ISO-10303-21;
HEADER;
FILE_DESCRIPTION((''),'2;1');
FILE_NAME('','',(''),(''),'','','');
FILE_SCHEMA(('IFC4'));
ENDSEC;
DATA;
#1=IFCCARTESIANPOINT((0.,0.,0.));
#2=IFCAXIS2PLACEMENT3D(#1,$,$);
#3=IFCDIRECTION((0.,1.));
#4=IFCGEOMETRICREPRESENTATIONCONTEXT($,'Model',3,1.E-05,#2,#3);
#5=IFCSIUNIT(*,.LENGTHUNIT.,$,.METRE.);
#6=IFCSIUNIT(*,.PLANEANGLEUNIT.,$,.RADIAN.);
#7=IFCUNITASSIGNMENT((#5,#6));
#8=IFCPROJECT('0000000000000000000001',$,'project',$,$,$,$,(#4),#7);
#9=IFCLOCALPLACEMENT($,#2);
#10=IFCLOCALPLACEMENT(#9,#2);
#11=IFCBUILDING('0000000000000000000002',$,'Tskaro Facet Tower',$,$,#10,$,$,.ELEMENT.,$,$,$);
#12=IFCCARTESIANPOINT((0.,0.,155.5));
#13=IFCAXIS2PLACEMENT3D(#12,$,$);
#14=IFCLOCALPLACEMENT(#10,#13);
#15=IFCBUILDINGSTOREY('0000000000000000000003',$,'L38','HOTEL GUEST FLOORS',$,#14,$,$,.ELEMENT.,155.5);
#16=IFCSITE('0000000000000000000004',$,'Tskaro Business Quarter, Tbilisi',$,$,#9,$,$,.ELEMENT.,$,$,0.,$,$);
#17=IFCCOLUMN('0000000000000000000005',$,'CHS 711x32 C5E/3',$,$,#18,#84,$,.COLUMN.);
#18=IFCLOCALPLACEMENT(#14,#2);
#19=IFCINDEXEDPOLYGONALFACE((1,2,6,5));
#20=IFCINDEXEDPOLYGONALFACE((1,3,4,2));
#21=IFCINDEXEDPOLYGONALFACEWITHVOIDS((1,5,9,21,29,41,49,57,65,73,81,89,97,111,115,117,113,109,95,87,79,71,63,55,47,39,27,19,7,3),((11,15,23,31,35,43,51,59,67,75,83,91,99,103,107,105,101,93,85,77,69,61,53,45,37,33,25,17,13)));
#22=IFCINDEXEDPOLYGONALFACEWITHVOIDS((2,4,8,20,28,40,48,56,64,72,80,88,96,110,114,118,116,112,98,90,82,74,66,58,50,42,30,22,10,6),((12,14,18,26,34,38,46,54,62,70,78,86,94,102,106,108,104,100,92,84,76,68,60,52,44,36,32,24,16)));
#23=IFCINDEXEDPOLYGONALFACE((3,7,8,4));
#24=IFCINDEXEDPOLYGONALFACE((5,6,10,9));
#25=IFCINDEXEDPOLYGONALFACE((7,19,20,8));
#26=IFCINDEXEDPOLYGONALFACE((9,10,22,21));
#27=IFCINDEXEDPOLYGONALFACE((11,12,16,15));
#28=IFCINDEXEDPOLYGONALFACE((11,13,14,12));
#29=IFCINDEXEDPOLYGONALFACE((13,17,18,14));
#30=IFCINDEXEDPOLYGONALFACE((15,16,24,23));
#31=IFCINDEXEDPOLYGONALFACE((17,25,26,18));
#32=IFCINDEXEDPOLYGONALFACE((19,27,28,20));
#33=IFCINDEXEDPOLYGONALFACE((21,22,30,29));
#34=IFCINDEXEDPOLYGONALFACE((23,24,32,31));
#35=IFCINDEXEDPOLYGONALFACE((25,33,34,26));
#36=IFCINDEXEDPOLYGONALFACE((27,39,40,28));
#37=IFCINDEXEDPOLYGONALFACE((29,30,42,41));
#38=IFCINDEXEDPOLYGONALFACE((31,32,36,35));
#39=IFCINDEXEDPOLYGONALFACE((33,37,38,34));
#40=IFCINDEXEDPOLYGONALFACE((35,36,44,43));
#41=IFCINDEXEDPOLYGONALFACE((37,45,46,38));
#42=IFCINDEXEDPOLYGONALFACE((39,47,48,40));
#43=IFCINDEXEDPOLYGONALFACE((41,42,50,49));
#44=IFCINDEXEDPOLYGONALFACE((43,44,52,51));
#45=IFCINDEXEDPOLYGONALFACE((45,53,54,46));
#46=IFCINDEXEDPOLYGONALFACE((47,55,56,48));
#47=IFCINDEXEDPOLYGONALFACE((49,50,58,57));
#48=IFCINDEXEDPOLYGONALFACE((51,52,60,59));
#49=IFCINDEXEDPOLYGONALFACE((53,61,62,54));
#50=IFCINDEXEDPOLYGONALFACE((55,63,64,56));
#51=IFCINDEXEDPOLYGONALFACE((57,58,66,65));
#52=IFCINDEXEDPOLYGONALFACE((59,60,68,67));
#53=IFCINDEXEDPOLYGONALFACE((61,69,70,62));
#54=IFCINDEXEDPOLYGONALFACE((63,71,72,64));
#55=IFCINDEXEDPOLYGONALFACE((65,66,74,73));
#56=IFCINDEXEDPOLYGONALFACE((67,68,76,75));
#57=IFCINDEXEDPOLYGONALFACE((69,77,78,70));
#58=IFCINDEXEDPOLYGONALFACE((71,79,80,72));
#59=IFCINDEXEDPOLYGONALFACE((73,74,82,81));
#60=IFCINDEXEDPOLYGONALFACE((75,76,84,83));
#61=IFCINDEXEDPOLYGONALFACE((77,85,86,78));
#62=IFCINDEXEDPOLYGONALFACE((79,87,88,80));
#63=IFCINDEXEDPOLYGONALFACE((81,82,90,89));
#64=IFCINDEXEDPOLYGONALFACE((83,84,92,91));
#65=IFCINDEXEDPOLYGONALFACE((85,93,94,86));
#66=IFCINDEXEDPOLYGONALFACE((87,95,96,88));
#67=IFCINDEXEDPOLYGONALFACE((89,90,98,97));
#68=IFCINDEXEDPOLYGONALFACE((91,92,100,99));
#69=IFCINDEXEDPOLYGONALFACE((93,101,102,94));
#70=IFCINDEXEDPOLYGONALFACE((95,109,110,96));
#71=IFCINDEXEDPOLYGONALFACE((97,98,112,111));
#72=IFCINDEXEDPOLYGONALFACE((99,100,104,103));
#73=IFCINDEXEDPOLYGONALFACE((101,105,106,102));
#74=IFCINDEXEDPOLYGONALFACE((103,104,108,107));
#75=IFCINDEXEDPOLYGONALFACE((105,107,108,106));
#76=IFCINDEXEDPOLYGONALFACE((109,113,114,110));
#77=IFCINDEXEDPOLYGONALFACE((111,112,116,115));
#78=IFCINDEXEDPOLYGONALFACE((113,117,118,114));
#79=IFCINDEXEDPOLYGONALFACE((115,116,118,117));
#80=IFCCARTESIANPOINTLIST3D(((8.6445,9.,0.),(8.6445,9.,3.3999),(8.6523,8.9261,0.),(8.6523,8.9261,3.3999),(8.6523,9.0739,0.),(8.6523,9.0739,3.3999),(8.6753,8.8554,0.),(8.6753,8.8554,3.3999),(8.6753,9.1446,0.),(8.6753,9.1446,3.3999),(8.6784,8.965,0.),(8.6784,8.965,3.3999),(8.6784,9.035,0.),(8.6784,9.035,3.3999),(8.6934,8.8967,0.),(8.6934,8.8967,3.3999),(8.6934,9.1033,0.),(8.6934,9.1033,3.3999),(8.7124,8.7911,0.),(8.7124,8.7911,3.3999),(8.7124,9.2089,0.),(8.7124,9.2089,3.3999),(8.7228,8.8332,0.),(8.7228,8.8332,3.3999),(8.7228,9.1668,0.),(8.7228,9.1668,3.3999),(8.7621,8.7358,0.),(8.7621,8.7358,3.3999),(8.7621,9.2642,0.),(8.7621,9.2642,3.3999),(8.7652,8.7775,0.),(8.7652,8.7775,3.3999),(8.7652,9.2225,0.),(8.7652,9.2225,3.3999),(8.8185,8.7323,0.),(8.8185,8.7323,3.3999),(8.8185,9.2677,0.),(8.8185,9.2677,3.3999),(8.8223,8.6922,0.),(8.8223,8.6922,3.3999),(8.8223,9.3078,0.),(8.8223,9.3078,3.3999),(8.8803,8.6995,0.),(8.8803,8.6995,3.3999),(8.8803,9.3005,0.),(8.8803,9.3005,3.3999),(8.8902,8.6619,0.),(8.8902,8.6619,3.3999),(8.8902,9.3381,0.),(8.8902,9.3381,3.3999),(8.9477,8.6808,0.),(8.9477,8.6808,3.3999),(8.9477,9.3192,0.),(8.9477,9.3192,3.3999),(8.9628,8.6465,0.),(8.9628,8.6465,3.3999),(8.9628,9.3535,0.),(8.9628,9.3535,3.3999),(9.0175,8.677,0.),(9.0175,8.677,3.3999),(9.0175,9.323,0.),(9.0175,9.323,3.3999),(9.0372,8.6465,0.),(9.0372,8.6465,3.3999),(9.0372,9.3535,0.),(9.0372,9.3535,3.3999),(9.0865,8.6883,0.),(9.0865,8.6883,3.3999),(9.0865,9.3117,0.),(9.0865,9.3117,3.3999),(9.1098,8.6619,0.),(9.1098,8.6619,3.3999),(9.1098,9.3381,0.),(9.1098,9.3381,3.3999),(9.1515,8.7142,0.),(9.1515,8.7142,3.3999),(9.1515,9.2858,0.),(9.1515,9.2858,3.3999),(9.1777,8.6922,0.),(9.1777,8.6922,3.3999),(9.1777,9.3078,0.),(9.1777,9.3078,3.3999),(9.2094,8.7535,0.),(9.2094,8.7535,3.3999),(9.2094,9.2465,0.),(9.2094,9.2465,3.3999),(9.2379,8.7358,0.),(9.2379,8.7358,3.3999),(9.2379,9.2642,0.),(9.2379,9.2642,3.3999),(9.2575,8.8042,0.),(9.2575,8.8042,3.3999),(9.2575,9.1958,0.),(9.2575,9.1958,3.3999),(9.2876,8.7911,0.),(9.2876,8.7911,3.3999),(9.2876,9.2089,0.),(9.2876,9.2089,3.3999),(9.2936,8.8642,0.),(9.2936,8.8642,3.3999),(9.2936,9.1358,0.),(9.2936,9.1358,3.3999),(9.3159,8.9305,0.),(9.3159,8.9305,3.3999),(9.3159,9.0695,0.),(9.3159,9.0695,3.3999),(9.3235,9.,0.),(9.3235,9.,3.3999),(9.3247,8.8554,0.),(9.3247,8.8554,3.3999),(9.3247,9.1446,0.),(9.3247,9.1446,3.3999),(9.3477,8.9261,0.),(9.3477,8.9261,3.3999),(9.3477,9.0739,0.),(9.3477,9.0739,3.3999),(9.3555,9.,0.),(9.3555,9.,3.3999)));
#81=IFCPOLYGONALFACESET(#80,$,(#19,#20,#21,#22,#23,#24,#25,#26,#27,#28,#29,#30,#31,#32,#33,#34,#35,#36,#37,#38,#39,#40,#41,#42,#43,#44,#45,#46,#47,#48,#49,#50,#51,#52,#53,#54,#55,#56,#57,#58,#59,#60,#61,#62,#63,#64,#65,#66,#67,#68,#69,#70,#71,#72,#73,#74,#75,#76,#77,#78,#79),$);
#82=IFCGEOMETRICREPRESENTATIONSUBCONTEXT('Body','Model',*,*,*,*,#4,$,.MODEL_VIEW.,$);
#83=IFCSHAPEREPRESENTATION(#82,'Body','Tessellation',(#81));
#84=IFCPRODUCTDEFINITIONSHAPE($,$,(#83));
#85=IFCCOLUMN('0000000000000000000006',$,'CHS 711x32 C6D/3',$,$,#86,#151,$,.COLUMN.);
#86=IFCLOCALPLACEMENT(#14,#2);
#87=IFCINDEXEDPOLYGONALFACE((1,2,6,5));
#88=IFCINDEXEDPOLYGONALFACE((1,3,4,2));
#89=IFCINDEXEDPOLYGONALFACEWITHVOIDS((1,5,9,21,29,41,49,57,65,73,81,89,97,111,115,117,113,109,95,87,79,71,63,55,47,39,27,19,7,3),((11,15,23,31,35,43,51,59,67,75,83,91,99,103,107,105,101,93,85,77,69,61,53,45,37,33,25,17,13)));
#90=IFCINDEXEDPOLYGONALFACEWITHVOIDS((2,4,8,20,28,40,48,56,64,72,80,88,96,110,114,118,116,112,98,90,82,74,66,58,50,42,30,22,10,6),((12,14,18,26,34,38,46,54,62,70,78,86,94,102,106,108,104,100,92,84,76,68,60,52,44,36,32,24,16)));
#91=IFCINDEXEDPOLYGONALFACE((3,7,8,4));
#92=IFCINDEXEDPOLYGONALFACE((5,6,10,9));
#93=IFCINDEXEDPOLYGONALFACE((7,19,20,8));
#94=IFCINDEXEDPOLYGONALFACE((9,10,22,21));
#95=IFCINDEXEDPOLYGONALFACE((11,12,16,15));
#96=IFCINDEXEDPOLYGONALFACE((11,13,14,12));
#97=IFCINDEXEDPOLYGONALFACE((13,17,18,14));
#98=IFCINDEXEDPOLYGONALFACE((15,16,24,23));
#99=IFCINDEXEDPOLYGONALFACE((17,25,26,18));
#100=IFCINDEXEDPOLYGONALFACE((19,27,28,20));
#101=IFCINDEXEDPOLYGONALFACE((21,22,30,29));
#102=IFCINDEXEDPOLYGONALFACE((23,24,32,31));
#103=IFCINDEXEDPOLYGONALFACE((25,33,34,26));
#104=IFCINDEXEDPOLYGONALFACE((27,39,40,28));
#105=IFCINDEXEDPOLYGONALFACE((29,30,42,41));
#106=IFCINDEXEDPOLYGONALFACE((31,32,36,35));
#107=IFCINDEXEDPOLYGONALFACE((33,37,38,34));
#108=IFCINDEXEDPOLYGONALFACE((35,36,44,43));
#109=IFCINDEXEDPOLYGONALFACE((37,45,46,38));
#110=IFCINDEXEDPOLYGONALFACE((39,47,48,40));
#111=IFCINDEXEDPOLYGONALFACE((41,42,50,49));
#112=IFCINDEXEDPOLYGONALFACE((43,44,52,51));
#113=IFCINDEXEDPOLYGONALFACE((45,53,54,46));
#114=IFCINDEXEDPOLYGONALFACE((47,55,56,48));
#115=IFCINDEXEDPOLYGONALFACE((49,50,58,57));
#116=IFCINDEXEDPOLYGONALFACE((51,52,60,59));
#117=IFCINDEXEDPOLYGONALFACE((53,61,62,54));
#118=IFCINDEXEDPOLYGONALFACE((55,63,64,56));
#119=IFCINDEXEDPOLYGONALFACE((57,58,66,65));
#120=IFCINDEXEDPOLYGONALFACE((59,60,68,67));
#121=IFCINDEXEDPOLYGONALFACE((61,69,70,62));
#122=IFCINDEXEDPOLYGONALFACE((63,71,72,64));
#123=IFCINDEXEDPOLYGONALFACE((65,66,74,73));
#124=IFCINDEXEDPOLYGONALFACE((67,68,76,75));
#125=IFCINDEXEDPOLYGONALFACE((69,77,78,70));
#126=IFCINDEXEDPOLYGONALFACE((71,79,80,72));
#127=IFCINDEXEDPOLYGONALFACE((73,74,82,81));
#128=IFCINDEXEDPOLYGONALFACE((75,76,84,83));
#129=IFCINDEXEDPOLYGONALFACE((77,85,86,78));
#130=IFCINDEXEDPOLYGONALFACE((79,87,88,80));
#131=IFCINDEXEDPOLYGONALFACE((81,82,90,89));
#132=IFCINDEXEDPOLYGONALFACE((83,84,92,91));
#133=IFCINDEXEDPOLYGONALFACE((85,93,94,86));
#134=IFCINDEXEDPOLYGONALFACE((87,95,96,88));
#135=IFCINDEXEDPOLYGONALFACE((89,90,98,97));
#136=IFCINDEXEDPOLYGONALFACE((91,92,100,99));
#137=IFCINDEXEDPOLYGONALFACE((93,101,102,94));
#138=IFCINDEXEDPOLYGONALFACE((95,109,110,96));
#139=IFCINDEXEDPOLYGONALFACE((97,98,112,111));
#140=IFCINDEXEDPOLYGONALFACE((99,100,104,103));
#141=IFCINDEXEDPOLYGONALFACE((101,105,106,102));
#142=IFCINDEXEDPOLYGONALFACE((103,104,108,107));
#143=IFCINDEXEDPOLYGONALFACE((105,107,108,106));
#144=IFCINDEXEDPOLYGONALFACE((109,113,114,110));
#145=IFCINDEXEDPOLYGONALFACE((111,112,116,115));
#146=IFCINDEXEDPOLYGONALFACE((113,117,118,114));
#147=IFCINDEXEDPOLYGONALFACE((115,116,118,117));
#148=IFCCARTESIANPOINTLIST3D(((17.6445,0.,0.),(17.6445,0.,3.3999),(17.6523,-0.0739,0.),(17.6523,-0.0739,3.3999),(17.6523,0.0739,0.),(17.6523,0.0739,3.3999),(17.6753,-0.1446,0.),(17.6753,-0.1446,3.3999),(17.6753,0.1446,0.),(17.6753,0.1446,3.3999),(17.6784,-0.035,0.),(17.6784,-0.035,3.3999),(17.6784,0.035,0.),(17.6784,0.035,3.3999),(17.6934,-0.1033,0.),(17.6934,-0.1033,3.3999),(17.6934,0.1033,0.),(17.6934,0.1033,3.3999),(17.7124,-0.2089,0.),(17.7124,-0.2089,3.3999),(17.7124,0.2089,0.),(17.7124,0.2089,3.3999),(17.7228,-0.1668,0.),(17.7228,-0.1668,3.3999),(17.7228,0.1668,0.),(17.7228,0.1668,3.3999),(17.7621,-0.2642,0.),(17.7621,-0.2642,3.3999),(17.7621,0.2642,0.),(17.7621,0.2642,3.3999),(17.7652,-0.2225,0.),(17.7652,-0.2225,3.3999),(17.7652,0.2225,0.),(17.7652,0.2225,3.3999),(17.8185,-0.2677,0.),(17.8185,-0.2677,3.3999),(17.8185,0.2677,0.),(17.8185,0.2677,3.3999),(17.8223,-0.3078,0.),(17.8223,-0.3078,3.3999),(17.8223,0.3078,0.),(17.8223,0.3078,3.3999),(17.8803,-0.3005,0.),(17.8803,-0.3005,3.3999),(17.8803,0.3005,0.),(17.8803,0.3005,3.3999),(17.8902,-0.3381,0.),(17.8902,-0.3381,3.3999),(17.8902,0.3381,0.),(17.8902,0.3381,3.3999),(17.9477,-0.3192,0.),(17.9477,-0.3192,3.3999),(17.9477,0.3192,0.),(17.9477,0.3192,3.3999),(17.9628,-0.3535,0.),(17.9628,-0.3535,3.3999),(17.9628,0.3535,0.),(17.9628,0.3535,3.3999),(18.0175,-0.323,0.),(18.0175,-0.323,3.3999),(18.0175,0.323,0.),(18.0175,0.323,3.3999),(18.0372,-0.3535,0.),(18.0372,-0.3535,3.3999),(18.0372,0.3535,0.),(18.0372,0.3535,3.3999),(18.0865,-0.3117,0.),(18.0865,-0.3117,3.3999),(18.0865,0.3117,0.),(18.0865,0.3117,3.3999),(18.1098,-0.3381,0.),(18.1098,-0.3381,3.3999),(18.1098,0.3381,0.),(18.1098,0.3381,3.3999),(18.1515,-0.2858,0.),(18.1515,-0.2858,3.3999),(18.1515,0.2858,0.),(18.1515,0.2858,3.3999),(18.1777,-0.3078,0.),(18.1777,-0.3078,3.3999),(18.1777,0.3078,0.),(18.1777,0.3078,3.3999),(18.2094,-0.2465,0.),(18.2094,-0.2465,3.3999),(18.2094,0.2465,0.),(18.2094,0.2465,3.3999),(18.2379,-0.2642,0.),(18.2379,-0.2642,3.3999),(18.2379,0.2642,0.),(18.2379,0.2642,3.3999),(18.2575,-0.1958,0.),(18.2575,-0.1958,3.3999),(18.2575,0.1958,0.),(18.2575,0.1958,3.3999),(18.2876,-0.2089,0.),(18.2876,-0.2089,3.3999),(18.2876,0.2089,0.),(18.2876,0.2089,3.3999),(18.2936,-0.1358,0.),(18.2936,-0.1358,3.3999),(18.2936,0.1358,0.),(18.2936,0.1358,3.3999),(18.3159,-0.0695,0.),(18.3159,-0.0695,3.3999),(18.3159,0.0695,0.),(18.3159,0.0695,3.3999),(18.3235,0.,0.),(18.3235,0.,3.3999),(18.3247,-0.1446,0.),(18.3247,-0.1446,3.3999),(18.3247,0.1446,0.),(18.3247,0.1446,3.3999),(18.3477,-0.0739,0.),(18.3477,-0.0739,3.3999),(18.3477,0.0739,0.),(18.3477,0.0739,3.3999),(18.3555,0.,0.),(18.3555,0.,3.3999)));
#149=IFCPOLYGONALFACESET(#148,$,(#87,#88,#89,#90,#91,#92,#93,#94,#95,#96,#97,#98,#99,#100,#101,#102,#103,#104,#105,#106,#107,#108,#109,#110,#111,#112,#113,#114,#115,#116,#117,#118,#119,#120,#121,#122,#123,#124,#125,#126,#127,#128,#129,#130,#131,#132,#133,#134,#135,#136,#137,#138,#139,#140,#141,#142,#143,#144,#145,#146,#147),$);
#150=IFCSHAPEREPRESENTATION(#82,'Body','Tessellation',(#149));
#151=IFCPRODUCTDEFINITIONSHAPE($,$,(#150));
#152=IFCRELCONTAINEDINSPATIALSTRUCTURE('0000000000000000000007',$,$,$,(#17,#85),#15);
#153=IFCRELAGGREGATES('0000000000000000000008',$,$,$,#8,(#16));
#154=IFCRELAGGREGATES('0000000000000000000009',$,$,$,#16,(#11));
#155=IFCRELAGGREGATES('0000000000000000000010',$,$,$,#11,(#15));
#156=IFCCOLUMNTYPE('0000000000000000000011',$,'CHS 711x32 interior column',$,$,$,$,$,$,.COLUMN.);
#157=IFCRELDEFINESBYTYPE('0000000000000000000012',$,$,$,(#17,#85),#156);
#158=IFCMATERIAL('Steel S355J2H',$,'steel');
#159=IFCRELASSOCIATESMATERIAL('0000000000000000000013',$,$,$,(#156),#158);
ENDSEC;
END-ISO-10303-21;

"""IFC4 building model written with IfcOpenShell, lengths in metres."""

from ifc_helpers import new_model, si_unit, direction, frame, origin, origin_2d, place, context, subcontext, project, spatial, hollow_circle, extrude, material, material_profile, profile_set, type_object, element, save


model = new_model("IFC4")

# Units and contexts
model_context = context("Model", 3, precision=1e-05, world=origin(), true_north=direction((0.0, 1.0)))
body_context = subcontext(model_context, "Body", "Model", "MODEL_VIEW")
ifc_project = project(units=[si_unit("LENGTHUNIT", "METRE"), si_unit("PLANEANGLEUNIT", "RADIAN")], contexts=[model_context])

# Site, building, storey
site_placement = place(None, origin())
site = spatial("IfcSite", under=ifc_project, at=site_placement, Name="Tskaro Business Quarter, Tbilisi", CompositionType="ELEMENT", RefElevation=0.0)
building_placement = place(site_placement, origin())
building = spatial("IfcBuilding", under=site, at=building_placement, Name="Tskaro Facet Tower", CompositionType="ELEMENT")
storey_placement = place(building_placement, frame((0.0, 0.0, 155.5)))
storey = spatial("IfcBuildingStorey", under=building, at=storey_placement, Name="L38", Description="HOTEL GUEST FLOORS", CompositionType="ELEMENT", Elevation=155.5)

# Columns
ifc_material_1 = material(Name="Steel S355J2H", Category="steel")
ifc_material_profile_1 = material_profile(ifc_material_1, hollow_circle(Radius=0.3555, WallThickness=0.032, at=origin_2d()), Name="CHS 711x32")
ifc_profile_set_1 = profile_set([ifc_material_profile_1], Name="Steel S355J2H")
column_type = type_object("IfcColumnType", Name="CHS 711x32 interior column", PredefinedType="COLUMN", material=ifc_profile_set_1)
for number, where, z_axis, x_axis, name in (
    (1, (9.0, 9.0, 0.0), (0.0, 0.0, 1.0), (1.0, 0.0, 0.0), "CHS 711x32 C5E/3"),
    (2, (18.0, 0.0, 0.0), (0.0, 0.0, 1.0), (1.0, 0.0, 0.0), "CHS 711x32 C6D/3"),
):
    element("IfcColumn", number, at=place(storey_placement, frame(where, z_axis=z_axis, x_axis=x_axis)), inside=storey, type_object=column_type, Name=name, PredefinedType="COLUMN", context=body_context, shape_type="SweptSolid", body=[
        extrude(hollow_circle(Radius=0.3555, WallThickness=0.032, at=origin_2d()), origin(), (0.0, 0.0, 1.0), 3.3999),
    ])

save(model, "model.ifc")
